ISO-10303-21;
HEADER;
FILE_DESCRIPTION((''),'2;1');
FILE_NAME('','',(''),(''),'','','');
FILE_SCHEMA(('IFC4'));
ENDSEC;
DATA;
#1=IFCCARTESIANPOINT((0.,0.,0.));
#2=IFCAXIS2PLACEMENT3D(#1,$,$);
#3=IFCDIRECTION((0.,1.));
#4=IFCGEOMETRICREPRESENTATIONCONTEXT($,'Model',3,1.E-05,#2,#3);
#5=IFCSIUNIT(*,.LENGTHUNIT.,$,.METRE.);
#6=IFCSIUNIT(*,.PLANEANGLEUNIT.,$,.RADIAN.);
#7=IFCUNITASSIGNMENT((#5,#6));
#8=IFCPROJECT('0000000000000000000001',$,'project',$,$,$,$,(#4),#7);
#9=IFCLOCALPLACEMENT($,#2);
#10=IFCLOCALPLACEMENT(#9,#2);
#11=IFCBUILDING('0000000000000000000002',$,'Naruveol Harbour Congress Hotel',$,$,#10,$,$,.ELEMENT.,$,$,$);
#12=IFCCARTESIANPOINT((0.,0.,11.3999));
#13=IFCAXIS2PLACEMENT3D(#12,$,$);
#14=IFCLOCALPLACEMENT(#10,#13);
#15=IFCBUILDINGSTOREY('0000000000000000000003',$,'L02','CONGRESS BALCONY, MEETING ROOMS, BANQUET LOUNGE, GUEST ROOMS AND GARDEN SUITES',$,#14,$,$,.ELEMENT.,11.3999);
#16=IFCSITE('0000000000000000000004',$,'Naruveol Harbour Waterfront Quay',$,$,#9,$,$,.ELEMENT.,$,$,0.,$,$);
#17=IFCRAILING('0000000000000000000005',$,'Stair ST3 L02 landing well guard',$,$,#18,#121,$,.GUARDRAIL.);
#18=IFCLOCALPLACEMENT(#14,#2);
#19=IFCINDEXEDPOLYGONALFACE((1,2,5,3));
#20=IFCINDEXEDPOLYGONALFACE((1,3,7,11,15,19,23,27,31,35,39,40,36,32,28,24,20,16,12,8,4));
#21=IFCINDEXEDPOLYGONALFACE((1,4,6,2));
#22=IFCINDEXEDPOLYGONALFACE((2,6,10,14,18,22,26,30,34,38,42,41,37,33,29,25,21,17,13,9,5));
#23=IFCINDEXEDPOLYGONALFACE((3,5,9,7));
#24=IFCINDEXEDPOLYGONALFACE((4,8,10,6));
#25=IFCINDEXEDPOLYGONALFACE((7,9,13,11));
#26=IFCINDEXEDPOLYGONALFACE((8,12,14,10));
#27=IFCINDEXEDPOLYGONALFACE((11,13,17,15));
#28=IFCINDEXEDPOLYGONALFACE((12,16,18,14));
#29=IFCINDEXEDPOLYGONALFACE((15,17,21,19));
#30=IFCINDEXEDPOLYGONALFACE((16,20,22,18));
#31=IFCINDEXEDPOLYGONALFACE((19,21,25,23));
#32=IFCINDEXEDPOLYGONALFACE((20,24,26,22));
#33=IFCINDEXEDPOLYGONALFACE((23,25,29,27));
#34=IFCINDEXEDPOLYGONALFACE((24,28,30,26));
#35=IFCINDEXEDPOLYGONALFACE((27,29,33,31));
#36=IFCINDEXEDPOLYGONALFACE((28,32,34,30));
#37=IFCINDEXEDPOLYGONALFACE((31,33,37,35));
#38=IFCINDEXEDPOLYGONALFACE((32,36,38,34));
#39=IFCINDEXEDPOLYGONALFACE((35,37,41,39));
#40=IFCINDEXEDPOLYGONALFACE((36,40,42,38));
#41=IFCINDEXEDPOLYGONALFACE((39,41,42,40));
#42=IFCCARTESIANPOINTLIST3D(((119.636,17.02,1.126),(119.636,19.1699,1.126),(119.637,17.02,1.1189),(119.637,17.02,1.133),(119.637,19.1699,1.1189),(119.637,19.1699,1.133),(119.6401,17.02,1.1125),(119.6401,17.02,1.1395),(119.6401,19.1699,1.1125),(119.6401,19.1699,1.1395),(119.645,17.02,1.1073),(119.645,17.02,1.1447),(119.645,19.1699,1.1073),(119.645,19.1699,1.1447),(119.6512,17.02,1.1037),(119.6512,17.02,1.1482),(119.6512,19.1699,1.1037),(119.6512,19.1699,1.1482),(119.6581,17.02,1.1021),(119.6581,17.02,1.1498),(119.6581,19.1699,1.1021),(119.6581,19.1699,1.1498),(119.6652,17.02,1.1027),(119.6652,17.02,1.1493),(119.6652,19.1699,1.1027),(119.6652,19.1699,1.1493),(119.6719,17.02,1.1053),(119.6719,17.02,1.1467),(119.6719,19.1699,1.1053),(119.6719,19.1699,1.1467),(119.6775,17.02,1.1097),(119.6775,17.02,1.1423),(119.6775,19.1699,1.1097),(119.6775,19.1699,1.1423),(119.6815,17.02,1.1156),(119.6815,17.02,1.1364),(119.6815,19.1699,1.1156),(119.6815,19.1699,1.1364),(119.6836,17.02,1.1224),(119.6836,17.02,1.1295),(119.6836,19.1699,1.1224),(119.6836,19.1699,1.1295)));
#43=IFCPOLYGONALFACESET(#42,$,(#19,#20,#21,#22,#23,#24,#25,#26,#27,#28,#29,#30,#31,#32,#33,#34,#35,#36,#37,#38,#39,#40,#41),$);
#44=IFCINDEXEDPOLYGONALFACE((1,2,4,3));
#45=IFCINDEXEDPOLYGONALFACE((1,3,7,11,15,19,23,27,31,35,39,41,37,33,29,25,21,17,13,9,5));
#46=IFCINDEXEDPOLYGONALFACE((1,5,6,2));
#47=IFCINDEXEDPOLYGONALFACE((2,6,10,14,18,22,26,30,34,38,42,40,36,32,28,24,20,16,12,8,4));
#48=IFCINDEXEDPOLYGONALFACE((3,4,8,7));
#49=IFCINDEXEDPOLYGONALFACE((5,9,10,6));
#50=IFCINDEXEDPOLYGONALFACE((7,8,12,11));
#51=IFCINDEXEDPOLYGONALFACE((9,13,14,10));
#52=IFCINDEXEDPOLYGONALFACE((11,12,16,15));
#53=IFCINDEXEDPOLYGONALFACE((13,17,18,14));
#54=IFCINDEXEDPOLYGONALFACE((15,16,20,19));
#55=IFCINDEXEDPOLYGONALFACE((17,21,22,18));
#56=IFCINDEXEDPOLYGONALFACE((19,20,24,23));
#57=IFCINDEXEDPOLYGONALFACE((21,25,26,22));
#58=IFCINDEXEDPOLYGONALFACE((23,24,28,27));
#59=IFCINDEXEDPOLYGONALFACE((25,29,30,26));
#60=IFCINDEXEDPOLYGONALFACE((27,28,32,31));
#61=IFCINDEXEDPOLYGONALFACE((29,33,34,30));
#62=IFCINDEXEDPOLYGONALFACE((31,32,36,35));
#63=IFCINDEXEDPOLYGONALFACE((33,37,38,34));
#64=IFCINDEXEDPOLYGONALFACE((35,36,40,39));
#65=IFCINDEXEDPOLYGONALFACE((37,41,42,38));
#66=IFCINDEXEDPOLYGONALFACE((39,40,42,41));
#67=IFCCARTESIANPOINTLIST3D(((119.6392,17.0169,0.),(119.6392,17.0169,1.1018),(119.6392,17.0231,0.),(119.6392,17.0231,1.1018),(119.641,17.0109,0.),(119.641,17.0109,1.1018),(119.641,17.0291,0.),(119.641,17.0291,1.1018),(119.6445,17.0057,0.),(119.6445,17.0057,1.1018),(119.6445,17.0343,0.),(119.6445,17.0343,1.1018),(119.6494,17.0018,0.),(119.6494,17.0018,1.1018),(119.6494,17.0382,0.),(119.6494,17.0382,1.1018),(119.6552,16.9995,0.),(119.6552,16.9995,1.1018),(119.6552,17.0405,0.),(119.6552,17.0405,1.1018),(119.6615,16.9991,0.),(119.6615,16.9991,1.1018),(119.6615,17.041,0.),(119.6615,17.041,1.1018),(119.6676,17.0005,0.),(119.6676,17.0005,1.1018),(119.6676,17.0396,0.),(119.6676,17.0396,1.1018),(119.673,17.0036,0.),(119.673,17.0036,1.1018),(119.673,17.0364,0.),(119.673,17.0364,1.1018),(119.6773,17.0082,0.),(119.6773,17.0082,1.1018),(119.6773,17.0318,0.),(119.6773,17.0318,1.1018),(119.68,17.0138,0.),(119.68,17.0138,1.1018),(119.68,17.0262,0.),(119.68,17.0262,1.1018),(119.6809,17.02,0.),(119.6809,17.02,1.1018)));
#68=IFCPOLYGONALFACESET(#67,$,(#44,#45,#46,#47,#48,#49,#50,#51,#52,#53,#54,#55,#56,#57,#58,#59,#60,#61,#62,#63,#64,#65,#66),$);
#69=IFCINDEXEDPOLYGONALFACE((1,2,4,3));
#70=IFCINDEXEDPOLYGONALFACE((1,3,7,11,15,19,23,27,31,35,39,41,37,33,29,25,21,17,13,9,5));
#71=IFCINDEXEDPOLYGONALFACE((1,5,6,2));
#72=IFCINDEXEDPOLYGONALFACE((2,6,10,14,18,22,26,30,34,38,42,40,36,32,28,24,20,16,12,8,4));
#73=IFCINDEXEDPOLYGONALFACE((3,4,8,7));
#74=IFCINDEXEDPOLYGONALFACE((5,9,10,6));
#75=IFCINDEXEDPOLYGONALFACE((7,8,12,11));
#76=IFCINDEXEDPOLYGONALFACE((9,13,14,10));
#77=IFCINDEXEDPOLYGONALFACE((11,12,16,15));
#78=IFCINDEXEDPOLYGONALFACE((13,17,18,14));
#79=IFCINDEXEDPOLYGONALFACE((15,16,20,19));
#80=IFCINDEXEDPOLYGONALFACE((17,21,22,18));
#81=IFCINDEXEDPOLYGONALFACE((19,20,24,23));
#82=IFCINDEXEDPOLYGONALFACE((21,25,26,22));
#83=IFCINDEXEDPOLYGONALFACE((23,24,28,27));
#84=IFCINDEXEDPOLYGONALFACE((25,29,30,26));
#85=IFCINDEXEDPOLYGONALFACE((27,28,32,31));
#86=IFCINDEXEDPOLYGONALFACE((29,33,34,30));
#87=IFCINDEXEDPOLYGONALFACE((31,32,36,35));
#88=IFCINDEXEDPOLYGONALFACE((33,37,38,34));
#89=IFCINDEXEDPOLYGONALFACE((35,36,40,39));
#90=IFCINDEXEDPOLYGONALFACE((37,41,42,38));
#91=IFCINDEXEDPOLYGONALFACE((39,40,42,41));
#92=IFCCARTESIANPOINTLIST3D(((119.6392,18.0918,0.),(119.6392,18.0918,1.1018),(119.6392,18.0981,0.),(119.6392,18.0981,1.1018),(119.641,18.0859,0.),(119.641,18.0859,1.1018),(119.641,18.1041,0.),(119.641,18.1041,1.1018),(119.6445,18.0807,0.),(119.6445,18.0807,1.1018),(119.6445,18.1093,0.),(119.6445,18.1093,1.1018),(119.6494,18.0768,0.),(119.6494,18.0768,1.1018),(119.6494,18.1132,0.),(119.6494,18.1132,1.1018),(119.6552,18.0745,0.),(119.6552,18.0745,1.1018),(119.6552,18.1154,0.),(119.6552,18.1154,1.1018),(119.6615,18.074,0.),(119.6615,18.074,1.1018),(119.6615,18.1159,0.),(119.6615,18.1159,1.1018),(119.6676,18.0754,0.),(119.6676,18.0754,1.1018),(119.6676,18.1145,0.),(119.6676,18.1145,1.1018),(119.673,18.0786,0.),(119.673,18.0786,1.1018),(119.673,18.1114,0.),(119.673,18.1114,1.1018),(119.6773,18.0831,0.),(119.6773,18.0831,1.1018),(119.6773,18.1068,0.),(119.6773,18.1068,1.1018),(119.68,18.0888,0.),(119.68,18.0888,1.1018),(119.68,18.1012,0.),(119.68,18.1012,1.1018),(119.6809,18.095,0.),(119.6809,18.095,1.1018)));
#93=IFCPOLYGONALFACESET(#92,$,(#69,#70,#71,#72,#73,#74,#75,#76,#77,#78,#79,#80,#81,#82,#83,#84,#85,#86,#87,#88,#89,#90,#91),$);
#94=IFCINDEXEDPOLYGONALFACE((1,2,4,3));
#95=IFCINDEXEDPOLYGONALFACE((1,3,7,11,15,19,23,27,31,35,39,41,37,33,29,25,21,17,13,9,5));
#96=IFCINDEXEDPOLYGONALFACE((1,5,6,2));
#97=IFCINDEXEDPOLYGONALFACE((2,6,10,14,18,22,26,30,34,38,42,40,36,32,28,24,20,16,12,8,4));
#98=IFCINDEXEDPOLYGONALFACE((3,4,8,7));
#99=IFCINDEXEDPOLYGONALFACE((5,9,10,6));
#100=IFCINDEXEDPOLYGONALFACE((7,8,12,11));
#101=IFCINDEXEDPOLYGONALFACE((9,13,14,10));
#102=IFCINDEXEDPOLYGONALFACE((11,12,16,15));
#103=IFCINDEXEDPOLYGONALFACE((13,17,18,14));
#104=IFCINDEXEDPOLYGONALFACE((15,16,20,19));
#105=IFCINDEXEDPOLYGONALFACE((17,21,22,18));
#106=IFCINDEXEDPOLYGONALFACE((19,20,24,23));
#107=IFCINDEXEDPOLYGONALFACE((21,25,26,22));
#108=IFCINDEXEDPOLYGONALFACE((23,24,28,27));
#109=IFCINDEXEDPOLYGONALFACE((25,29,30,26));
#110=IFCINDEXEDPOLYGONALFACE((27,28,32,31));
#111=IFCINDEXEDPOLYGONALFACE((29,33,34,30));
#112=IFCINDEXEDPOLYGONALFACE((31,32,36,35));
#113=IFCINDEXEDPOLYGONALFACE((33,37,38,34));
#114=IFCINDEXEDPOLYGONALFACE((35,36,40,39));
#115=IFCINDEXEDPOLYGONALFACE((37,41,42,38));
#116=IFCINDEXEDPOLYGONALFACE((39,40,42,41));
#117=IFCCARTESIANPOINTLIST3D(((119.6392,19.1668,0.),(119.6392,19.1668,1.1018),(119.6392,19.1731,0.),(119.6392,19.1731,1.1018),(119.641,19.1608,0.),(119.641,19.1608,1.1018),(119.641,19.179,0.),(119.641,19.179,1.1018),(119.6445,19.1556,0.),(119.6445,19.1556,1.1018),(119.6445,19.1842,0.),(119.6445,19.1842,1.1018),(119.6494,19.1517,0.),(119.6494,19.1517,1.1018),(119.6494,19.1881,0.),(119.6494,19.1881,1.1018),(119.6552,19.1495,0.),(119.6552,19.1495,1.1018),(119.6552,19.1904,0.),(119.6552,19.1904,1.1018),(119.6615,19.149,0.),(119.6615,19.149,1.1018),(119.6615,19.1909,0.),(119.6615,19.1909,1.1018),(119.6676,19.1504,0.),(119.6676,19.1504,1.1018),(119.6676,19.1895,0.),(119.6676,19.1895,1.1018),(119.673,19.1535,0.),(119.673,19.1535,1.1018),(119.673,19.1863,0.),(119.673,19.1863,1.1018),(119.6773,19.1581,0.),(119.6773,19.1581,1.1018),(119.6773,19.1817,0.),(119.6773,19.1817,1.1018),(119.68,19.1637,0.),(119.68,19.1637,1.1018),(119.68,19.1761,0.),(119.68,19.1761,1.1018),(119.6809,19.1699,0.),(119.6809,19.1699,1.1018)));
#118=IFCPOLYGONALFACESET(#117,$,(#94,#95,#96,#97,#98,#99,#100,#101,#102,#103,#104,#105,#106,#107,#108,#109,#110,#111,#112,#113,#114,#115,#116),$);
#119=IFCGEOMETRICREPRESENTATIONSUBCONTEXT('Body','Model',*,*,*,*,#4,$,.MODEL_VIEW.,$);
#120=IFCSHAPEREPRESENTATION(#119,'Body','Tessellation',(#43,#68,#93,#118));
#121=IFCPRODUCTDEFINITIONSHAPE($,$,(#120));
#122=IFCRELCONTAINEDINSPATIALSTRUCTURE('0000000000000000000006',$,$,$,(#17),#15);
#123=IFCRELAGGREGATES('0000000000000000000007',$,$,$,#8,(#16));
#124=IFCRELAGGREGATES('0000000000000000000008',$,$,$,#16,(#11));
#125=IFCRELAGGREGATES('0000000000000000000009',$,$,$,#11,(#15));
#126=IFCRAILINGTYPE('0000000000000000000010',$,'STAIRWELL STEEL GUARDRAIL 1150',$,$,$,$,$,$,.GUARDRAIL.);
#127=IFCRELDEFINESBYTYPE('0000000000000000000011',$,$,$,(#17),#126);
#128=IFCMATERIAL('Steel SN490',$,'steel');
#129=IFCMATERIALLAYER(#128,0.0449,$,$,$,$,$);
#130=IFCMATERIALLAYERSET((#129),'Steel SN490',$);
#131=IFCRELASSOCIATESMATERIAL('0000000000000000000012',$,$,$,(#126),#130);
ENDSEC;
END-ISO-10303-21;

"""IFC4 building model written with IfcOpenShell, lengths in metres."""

from ifc_helpers import new_model, si_unit, direction, frame, origin, origin_2d, place, context, subcontext, project, spatial, circle, extrude, material, layer, layer_set, type_object, element, save


model = new_model("IFC4")

# Units and contexts
model_context = context("Model", 3, precision=1e-05, world=origin(), true_north=direction((0.0, 1.0)))
body_context = subcontext(model_context, "Body", "Model", "MODEL_VIEW")
ifc_project = project(units=[si_unit("LENGTHUNIT", "METRE"), si_unit("PLANEANGLEUNIT", "RADIAN")], contexts=[model_context])

# Site, building, storey
site_placement = place(None, origin())
site = spatial("IfcSite", under=ifc_project, at=site_placement, Name="Naruveol Harbour Waterfront Quay", CompositionType="ELEMENT", RefElevation=0.0)
building_placement = place(site_placement, origin())
building = spatial("IfcBuilding", under=site, at=building_placement, Name="Naruveol Harbour Congress Hotel", CompositionType="ELEMENT")
storey_placement = place(building_placement, frame((0.0, 0.0, 11.3999)))
storey = spatial("IfcBuildingStorey", under=building, at=storey_placement, Name="L02", Description="CONGRESS BALCONY, MEETING ROOMS, BANQUET LOUNGE, GUEST ROOMS AND GARDEN SUITES", CompositionType="ELEMENT", Elevation=11.3999)

# Railing
ifc_material_1 = material(Name="Steel SN490", Category="steel")
ifc_layer_1 = layer(ifc_material_1, 0.0449)
ifc_layer_set_1 = layer_set([ifc_layer_1], Name="Steel SN490")
railing_type_1 = type_object("IfcRailingType", Name="STAIRWELL STEEL GUARDRAIL 1150", PredefinedType="GUARDRAIL", material=ifc_layer_set_1)
railing_1_placement = place(storey_placement, frame((119.6599, 17.02, 0.0)))
element("IfcRailing", 1, at=railing_1_placement, inside=storey, type_object=railing_type_1, Name="Stair ST3 L02 landing well guard", PredefinedType="GUARDRAIL", context=body_context, shape_type="SweptSolid", body=[
    extrude(circle(Radius=0.0239, at=origin_2d()), frame((0.0, 0.0, 1.126), z_axis=(0.0, 1.0, 0.0), x_axis=(-1.0, 0.0, 0.0)), (0.0, 0.0, 1.0), 2.1499),
    extrude(circle(Radius=0.021, at=origin_2d()), origin(), (0.0, 0.0, 1.0), 1.1018),
    extrude(circle(Radius=0.021, at=origin_2d()), frame((0.0, 1.075, 0.0)), (0.0, 0.0, 1.0), 1.1018),
    extrude(circle(Radius=0.021, at=origin_2d()), frame((0.0, 2.1499, 0.0)), (0.0, 0.0, 1.0), 1.1018),
])

save(model, "model.ifc")
